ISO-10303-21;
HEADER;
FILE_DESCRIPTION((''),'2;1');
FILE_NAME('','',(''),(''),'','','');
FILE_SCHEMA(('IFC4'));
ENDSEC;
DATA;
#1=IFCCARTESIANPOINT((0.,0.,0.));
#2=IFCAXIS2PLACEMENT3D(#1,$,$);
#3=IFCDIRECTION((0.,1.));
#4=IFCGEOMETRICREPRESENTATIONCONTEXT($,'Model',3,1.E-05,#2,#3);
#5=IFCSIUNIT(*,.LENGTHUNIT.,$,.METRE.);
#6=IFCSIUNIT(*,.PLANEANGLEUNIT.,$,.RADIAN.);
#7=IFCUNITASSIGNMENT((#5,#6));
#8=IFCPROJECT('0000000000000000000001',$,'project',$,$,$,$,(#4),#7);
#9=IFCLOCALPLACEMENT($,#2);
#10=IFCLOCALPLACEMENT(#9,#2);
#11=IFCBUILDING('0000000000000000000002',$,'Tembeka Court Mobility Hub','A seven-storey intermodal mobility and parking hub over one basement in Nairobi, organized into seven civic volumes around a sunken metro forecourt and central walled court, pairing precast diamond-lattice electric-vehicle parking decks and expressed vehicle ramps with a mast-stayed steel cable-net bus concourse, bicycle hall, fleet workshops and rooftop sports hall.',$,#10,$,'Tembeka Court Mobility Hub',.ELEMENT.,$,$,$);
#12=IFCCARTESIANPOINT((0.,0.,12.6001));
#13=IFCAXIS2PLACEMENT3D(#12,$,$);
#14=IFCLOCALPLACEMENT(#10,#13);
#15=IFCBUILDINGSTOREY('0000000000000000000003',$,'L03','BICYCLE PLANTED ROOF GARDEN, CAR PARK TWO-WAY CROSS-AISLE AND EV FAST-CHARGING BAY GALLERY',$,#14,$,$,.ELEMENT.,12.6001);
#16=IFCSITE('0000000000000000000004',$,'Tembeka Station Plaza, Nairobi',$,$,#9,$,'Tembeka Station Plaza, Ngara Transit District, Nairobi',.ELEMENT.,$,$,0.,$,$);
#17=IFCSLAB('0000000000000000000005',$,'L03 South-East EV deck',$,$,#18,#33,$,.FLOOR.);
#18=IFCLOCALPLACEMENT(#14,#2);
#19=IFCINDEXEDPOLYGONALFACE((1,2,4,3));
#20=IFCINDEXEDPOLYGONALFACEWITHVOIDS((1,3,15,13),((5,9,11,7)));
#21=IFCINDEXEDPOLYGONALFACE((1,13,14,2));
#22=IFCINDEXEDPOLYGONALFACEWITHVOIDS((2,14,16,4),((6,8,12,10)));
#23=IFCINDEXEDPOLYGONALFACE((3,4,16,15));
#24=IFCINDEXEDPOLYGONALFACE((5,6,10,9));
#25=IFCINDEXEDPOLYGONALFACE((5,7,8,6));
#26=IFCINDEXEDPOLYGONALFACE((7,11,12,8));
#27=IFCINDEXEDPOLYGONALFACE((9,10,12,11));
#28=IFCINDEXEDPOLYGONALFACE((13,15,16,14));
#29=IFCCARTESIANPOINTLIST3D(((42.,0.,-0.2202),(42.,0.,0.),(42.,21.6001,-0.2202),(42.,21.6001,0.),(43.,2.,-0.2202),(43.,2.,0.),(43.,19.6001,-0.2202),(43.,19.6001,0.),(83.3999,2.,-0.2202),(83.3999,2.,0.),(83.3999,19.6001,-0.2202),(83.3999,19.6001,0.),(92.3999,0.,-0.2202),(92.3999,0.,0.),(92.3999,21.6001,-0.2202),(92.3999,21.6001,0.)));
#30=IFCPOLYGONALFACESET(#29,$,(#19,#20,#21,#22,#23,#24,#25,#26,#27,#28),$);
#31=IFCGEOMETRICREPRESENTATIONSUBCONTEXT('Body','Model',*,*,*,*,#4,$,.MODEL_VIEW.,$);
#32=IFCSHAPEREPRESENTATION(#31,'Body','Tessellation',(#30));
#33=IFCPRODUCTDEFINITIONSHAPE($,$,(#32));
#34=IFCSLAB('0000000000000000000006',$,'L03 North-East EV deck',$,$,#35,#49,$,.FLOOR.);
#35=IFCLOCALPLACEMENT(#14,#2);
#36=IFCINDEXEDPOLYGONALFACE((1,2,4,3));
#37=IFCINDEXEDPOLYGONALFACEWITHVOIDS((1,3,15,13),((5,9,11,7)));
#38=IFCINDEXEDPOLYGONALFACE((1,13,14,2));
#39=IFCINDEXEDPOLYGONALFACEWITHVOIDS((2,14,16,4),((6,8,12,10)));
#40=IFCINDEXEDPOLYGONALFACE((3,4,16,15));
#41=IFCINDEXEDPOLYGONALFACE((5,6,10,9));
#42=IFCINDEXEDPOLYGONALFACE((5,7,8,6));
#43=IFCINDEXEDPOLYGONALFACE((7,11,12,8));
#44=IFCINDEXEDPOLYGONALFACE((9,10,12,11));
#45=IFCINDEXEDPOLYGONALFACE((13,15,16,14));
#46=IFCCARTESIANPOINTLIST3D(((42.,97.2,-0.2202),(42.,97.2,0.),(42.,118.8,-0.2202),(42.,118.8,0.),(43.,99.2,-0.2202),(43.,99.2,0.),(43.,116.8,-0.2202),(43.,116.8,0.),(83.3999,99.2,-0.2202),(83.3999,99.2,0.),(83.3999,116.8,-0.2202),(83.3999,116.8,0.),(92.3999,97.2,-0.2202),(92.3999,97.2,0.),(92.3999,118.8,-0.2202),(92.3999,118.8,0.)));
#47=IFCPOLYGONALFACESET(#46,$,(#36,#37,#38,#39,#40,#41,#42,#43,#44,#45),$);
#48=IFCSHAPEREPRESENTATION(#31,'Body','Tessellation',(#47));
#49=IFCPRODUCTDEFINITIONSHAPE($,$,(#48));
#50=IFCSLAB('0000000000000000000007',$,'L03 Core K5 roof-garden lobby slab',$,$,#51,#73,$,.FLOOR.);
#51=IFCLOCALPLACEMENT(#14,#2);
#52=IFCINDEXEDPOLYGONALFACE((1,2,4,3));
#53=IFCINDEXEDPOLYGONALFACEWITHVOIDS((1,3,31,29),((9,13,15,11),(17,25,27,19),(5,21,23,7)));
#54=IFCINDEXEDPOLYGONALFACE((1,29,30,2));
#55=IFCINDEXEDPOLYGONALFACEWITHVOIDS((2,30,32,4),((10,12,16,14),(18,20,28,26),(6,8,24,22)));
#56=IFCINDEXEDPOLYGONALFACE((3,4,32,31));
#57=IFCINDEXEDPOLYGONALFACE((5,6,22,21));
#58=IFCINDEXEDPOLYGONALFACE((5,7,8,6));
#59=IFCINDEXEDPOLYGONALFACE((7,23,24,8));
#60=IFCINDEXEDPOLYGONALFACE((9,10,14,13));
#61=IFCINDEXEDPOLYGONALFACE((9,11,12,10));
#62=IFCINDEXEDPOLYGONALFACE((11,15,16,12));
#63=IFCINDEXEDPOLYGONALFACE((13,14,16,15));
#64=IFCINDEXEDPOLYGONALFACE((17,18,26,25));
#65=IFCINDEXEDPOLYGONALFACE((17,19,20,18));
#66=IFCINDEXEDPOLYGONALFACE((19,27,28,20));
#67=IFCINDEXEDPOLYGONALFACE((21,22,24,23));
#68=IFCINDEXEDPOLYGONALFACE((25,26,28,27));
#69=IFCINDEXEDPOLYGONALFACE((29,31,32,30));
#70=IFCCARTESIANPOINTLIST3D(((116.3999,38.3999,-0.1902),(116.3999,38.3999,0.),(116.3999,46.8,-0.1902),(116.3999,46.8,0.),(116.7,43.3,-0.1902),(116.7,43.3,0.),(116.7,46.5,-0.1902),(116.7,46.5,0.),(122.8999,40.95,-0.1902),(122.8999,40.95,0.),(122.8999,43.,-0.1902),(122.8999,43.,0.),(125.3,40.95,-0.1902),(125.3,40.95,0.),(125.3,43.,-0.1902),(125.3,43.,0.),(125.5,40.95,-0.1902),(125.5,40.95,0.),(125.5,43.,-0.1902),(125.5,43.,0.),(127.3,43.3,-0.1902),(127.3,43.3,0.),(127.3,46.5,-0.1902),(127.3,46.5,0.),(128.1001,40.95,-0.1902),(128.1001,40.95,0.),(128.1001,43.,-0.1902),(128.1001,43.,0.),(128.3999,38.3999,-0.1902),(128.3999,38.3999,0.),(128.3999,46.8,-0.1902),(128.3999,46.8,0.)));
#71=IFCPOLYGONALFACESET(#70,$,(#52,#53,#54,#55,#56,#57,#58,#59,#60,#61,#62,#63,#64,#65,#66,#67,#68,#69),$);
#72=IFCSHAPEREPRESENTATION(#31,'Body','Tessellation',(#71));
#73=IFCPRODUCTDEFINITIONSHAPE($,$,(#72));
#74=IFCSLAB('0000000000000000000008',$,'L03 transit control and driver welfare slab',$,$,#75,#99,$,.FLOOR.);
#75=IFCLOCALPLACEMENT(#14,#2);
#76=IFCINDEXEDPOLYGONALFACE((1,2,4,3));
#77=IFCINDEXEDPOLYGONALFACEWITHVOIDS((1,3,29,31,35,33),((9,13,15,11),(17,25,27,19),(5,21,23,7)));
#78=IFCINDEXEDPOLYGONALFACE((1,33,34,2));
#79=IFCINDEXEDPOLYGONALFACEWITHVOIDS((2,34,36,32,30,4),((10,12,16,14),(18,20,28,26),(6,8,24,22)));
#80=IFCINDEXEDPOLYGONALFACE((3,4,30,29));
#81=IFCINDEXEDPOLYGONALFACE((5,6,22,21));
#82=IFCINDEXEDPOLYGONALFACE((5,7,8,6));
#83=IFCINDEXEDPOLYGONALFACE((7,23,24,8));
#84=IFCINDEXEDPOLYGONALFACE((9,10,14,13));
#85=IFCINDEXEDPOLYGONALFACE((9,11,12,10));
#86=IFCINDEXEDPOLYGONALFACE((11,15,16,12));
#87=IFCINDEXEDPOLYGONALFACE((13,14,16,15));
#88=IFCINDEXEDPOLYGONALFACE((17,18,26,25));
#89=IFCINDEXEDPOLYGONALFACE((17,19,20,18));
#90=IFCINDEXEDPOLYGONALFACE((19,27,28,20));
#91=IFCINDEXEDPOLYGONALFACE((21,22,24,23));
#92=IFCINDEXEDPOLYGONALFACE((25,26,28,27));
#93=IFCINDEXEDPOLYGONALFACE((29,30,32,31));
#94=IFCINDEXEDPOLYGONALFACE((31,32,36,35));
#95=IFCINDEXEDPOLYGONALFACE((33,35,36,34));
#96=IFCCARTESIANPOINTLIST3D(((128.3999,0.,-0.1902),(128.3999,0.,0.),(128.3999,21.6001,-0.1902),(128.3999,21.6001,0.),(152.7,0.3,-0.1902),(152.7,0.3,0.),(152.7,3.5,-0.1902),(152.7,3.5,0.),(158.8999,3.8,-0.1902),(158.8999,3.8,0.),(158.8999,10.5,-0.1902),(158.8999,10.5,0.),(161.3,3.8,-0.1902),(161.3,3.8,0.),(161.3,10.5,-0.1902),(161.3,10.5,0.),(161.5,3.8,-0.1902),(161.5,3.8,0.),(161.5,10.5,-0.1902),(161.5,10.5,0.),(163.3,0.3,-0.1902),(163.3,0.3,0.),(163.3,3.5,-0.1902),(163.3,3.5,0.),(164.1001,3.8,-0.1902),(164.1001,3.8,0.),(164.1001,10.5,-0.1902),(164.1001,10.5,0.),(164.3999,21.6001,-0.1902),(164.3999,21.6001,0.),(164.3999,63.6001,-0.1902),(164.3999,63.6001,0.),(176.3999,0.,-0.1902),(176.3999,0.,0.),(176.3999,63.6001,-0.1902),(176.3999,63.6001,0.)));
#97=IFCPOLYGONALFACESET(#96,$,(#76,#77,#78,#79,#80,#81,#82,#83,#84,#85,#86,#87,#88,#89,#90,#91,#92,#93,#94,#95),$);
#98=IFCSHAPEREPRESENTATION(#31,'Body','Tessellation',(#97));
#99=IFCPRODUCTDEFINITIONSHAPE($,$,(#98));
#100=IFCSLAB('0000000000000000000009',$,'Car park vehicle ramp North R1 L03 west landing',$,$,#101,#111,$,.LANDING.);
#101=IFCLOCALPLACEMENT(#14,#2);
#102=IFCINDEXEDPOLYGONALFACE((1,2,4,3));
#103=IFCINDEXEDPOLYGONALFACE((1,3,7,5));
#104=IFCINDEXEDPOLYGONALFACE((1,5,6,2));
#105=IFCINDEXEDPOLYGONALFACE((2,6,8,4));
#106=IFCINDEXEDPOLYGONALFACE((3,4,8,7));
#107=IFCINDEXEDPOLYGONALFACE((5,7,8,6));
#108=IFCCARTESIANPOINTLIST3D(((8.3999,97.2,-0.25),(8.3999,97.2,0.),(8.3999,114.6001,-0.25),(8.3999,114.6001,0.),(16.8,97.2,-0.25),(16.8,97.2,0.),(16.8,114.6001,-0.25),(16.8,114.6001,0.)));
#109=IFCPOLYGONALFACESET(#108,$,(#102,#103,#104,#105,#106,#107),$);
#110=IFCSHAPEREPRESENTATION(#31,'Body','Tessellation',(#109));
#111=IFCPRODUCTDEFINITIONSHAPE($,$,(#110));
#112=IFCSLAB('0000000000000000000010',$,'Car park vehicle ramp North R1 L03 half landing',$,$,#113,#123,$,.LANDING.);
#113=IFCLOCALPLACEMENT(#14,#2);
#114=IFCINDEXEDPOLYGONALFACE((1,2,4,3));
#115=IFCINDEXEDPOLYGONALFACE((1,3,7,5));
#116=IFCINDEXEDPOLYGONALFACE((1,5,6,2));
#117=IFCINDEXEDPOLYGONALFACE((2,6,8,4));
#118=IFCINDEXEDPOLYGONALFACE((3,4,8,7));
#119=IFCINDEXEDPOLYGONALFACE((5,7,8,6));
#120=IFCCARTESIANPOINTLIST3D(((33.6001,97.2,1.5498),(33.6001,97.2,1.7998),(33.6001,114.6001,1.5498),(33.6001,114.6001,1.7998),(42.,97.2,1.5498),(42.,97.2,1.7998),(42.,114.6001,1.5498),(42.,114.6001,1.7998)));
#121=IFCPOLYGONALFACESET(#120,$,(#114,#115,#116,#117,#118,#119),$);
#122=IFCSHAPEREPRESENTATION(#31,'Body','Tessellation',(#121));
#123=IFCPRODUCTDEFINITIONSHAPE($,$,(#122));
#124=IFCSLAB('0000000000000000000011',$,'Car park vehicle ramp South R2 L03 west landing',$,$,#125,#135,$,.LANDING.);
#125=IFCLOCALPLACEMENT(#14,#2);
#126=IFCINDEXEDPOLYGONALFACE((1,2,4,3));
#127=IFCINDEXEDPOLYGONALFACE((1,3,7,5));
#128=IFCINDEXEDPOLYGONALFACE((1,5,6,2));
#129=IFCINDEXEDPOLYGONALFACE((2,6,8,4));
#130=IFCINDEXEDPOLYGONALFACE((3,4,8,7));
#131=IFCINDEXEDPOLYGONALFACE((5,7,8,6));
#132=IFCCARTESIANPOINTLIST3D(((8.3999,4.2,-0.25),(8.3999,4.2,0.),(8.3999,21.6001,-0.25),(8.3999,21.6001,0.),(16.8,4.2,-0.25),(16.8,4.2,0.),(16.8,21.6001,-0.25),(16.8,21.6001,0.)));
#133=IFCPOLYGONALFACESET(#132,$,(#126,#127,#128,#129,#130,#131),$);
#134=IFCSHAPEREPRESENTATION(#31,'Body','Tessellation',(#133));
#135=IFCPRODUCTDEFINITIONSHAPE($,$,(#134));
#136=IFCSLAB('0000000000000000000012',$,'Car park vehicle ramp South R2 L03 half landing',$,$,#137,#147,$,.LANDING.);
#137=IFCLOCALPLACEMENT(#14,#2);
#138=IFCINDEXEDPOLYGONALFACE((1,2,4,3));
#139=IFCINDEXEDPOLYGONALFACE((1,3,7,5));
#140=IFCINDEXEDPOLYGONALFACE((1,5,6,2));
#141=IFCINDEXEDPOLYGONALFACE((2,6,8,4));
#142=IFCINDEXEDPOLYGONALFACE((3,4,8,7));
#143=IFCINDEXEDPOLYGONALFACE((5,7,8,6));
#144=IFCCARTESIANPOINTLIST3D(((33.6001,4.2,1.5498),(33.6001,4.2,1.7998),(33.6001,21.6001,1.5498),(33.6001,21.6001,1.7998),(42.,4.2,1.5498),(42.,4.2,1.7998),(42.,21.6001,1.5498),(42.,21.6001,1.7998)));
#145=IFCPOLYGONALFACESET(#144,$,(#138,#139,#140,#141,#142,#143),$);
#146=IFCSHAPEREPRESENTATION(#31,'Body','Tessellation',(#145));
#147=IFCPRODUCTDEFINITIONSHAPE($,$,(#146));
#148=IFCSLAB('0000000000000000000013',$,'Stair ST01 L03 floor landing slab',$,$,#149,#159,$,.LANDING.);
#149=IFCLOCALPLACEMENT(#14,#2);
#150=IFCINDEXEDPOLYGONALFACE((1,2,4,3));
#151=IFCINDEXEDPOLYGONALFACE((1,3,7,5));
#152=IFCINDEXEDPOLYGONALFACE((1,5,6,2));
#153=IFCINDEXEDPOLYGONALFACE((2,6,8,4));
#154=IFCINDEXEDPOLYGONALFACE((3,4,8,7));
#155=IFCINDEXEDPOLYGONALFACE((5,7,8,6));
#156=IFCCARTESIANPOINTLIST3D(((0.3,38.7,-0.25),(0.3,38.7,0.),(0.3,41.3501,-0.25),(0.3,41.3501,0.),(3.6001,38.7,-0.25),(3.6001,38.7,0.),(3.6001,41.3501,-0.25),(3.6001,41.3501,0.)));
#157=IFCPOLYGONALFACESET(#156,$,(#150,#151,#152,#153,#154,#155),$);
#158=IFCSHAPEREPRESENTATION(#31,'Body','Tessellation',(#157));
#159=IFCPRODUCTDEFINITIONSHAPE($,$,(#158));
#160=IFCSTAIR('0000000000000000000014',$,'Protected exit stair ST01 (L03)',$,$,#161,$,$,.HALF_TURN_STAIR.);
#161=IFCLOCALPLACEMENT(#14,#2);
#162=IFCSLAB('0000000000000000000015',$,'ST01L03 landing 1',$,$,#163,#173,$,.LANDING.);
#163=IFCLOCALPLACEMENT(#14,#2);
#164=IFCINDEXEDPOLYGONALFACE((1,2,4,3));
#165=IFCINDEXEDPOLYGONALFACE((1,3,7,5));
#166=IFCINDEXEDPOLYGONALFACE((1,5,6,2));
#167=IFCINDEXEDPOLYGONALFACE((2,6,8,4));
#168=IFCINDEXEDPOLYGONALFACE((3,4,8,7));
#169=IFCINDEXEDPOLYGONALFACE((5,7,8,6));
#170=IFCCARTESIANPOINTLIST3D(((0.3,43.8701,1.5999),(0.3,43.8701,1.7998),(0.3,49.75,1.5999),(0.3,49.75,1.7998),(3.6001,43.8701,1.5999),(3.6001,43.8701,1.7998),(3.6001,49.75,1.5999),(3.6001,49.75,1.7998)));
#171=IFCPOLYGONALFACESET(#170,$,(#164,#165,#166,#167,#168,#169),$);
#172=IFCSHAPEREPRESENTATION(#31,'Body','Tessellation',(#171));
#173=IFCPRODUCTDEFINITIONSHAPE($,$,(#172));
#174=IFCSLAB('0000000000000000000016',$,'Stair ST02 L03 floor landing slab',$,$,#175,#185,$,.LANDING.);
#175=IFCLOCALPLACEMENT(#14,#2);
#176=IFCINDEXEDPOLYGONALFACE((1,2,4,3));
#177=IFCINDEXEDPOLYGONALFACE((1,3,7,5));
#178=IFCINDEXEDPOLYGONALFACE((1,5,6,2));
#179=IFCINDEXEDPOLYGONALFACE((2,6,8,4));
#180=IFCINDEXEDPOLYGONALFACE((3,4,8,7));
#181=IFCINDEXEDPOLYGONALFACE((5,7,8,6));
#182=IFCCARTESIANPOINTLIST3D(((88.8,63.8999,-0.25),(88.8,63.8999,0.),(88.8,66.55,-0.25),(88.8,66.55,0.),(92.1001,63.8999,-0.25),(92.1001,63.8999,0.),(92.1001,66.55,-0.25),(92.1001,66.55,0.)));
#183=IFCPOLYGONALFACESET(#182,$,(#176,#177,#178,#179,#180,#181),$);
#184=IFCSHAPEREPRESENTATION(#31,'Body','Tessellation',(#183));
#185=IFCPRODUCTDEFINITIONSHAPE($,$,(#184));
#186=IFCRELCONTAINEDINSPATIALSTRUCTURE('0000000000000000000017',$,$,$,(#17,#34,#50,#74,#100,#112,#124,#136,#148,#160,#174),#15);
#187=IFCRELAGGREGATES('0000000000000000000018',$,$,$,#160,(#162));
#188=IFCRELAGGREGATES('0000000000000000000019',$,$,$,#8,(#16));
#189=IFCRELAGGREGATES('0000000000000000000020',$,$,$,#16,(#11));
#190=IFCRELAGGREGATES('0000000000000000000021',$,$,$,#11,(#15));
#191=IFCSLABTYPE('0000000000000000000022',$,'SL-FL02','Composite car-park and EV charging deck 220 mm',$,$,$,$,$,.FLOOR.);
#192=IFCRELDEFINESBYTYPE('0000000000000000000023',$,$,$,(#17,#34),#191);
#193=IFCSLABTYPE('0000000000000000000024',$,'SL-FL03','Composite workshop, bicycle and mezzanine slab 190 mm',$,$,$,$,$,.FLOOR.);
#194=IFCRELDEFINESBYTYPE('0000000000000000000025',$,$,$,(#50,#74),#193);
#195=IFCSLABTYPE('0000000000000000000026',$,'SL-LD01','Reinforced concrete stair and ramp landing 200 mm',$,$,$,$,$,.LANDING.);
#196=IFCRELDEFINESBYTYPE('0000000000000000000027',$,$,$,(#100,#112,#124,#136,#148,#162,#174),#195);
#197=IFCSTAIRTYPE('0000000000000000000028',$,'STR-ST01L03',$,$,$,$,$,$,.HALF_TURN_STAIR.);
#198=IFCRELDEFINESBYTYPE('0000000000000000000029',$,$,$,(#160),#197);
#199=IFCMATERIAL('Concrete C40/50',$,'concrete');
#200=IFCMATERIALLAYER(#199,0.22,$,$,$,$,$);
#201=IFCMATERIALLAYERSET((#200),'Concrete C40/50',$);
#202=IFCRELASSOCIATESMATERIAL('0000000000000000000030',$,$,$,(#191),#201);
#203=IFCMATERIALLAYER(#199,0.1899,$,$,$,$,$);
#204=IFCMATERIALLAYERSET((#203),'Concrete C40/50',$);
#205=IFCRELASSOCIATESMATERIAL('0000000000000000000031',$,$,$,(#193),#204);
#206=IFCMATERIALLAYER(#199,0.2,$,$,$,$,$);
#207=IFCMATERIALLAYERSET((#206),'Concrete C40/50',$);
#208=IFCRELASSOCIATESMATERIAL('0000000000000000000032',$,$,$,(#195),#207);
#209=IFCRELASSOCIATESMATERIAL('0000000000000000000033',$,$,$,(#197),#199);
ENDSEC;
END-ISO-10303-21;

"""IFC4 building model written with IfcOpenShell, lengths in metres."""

from ifc_helpers import new_model, si_unit, direction, frame, origin, place, context, subcontext, project, spatial, polyline, outline, extrude, material, layer, layer_set, type_object, element, aggregate, save


model = new_model("IFC4")

# Units and contexts
model_context = context("Model", 3, precision=1e-05, world=origin(), true_north=direction((0.0, 1.0)))
body_context = subcontext(model_context, "Body", "Model", "MODEL_VIEW")
ifc_project = project(units=[si_unit("LENGTHUNIT", "METRE"), si_unit("PLANEANGLEUNIT", "RADIAN")], contexts=[model_context])

# Site, building, storey
site_placement = place(None, origin())
site = spatial("IfcSite", under=ifc_project, at=site_placement, Name="Tembeka Station Plaza, Nairobi", LongName="Tembeka Station Plaza, Ngara Transit District, Nairobi", CompositionType="ELEMENT", RefElevation=0.0)
building_placement = place(site_placement, origin())
building = spatial("IfcBuilding", under=site, at=building_placement, Name="Tembeka Court Mobility Hub", Description="A seven-storey intermodal mobility and parking hub over one basement in Nairobi, organized into seven civic volumes around a sunken metro forecourt and central walled court, pairing precast diamond-lattice electric-vehicle parking decks and expressed vehicle ramps with a mast-stayed steel cable-net bus concourse, bicycle hall, fleet workshops and rooftop sports hall.", LongName="Tembeka Court Mobility Hub", CompositionType="ELEMENT")
storey_placement = place(building_placement, frame((0.0, 0.0, 12.6001)))
storey = spatial("IfcBuildingStorey", under=building, at=storey_placement, Name="L03", Description="BICYCLE PLANTED ROOF GARDEN, CAR PARK TWO-WAY CROSS-AISLE AND EV FAST-CHARGING BAY GALLERY", CompositionType="ELEMENT", Elevation=12.6001)

# Slabs
ifc_material_1 = material(Name="Concrete C40/50", Category="concrete")
ifc_layer_1 = layer(ifc_material_1, 0.22)
ifc_layer_set_1 = layer_set([ifc_layer_1], Name="Concrete C40/50")
slab_type_1 = type_object("IfcSlabType", Name="SL-FL02", Description="Composite car-park and EV charging deck 220 mm", PredefinedType="FLOOR", material=ifc_layer_set_1)
slab_1_placement = place(storey_placement, frame((0.0, 0.0, -0.2202)))
element("IfcSlab", 1, at=slab_1_placement, inside=storey, type_object=slab_type_1, Name="L03 South-East EV deck", PredefinedType="FLOOR", context=body_context, shape_type="SweptSolid", body=[
    extrude(outline(polyline([(42.0, 0.0), (92.3999, 0.0), (92.3999, 21.6001), (42.0, 21.6001), (42.0, 0.0)]), holes=[polyline([(43.0, 19.6001), (83.3999, 19.6001), (83.3999, 2.0), (43.0, 2.0), (43.0, 19.6001)])]), origin(), (0.0, 0.0, 1.0), 0.2202),
])
slab_2_placement = place(storey_placement, frame((0.0, 0.0, -0.2202)))
element("IfcSlab", 2, at=slab_2_placement, inside=storey, type_object=slab_type_1, Name="L03 North-East EV deck", PredefinedType="FLOOR", context=body_context, shape_type="SweptSolid", body=[
    extrude(outline(polyline([(42.0, 97.2), (92.3999, 97.2), (92.3999, 118.8), (42.0, 118.8), (42.0, 97.2)]), holes=[polyline([(43.0, 116.8), (83.3999, 116.8), (83.3999, 99.2), (43.0, 99.2), (43.0, 116.8)])]), origin(), (0.0, 0.0, 1.0), 0.2202),
])
ifc_layer_2 = layer(ifc_material_1, 0.1899)
ifc_layer_set_2 = layer_set([ifc_layer_2], Name="Concrete C40/50")
slab_type_2 = type_object("IfcSlabType", Name="SL-FL03", Description="Composite workshop, bicycle and mezzanine slab 190 mm", PredefinedType="FLOOR", material=ifc_layer_set_2)
slab_3_placement = place(storey_placement, frame((0.0, 0.0, -0.1902)))
element("IfcSlab", 3, at=slab_3_placement, inside=storey, type_object=slab_type_2, Name="L03 Core K5 roof-garden lobby slab", PredefinedType="FLOOR", context=body_context, shape_type="SweptSolid", body=[
    extrude(outline(polyline([(116.3999, 38.3999), (128.3999, 38.3999), (128.3999, 46.8), (116.3999, 46.8), (116.3999, 38.3999)]), holes=[polyline([(116.7, 46.5), (127.3, 46.5), (127.3, 43.3), (116.7, 43.3), (116.7, 46.5)]), polyline([(122.8999, 43.0), (125.3, 43.0), (125.3, 40.95), (122.8999, 40.95), (122.8999, 43.0)]), polyline([(125.5, 43.0), (128.1001, 43.0), (128.1001, 40.95), (125.5, 40.95), (125.5, 43.0)])]), origin(), (0.0, 0.0, 1.0), 0.1902),
])
slab_4_placement = place(storey_placement, frame((0.0, 0.0, -0.1902)))
element("IfcSlab", 4, at=slab_4_placement, inside=storey, type_object=slab_type_2, Name="L03 transit control and driver welfare slab", PredefinedType="FLOOR", context=body_context, shape_type="SweptSolid", body=[
    extrude(outline(polyline([(128.3999, 0.0), (176.3999, 0.0), (176.3999, 63.6001), (164.3999, 63.6001), (164.3999, 21.6001), (128.3999, 21.6001), (128.3999, 0.0)]), holes=[polyline([(152.7, 3.5), (163.3, 3.5), (163.3, 0.3), (152.7, 0.3), (152.7, 3.5)]), polyline([(158.8999, 10.5), (161.3, 10.5), (161.3, 3.8), (158.8999, 3.8), (158.8999, 10.5)]), polyline([(161.5, 10.5), (164.1001, 10.5), (164.1001, 3.8), (161.5, 3.8), (161.5, 10.5)])]), origin(), (0.0, 0.0, 1.0), 0.1902),
])
ifc_layer_3 = layer(ifc_material_1, 0.2)
ifc_layer_set_3 = layer_set([ifc_layer_3], Name="Concrete C40/50")
slab_type_3 = type_object("IfcSlabType", Name="SL-LD01", Description="Reinforced concrete stair and ramp landing 200 mm", PredefinedType="LANDING", material=ifc_layer_set_3)
slab_5_placement = place(storey_placement, frame((0.0, 0.0, -0.25)))
element("IfcSlab", 5, at=slab_5_placement, inside=storey, type_object=slab_type_3, Name="Car park vehicle ramp North R1 L03 west landing", PredefinedType="LANDING", context=body_context, shape_type="SweptSolid", body=[
    extrude(outline(polyline([(8.3999, 97.2), (16.8, 97.2), (16.8, 114.6001), (8.3999, 114.6001), (8.3999, 97.2)])), origin(), (0.0, 0.0, 1.0), 0.25),
])
slab_6_placement = place(storey_placement, frame((0.0, 0.0, 1.5498)))
element("IfcSlab", 6, at=slab_6_placement, inside=storey, type_object=slab_type_3, Name="Car park vehicle ramp North R1 L03 half landing", PredefinedType="LANDING", context=body_context, shape_type="SweptSolid", body=[
    extrude(outline(polyline([(33.6001, 97.2), (42.0, 97.2), (42.0, 114.6001), (33.6001, 114.6001), (33.6001, 97.2)])), origin(), (0.0, 0.0, 1.0), 0.25),
])
slab_7_placement = place(storey_placement, frame((0.0, 0.0, -0.25)))
element("IfcSlab", 7, at=slab_7_placement, inside=storey, type_object=slab_type_3, Name="Car park vehicle ramp South R2 L03 west landing", PredefinedType="LANDING", context=body_context, shape_type="SweptSolid", body=[
    extrude(outline(polyline([(8.3999, 4.2), (16.8, 4.2), (16.8, 21.6001), (8.3999, 21.6001), (8.3999, 4.2)])), origin(), (0.0, 0.0, 1.0), 0.25),
])
slab_8_placement = place(storey_placement, frame((0.0, 0.0, 1.5498)))
element("IfcSlab", 8, at=slab_8_placement, inside=storey, type_object=slab_type_3, Name="Car park vehicle ramp South R2 L03 half landing", PredefinedType="LANDING", context=body_context, shape_type="SweptSolid", body=[
    extrude(outline(polyline([(33.6001, 4.2), (42.0, 4.2), (42.0, 21.6001), (33.6001, 21.6001), (33.6001, 4.2)])), origin(), (0.0, 0.0, 1.0), 0.25),
])
slab_9_placement = place(storey_placement, frame((0.0, 0.0, -0.25)))
element("IfcSlab", 9, at=slab_9_placement, inside=storey, type_object=slab_type_3, Name="Stair ST01 L03 floor landing slab", PredefinedType="LANDING", context=body_context, shape_type="SweptSolid", body=[
    extrude(outline(polyline([(0.3, 38.7), (3.6001, 38.7), (3.6001, 41.3501), (0.3, 41.3501), (0.3, 38.7)])), origin(), (0.0, 0.0, 1.0), 0.25),
])

# Stair, slab
stair_type_1 = type_object("IfcStairType", Name="STR-ST01L03", PredefinedType="HALF_TURN_STAIR", material=ifc_material_1)
stair_1_placement = place(storey_placement, origin())
stair_1 = element("IfcStair", 10, at=stair_1_placement, inside=storey, type_object=stair_type_1, Name="Protected exit stair ST01 (L03)", PredefinedType="HALF_TURN_STAIR")
slab_10_placement = place(storey_placement, frame((0.0, 0.0, 1.5999)))
slab_10 = element("IfcSlab", 11, at=slab_10_placement, type_object=slab_type_3, Name="ST01L03 landing 1", PredefinedType="LANDING", context=body_context, shape_type="SweptSolid", body=[
    extrude(outline(polyline([(3.6001, 43.8701), (3.6001, 49.75), (0.3, 49.75), (0.3, 43.8701), (3.6001, 43.8701)])), origin(), (0.0, 0.0, 1.0), 0.2),
])
aggregate(stair_1, [slab_10])

# Slab
slab_11_placement = place(storey_placement, frame((0.0, 0.0, -0.25)))
element("IfcSlab", 12, at=slab_11_placement, inside=storey, type_object=slab_type_3, Name="Stair ST02 L03 floor landing slab", PredefinedType="LANDING", context=body_context, shape_type="SweptSolid", body=[
    extrude(outline(polyline([(88.8, 63.8999), (92.1001, 63.8999), (92.1001, 66.55), (88.8, 66.55), (88.8, 63.8999)])), origin(), (0.0, 0.0, 1.0), 0.25),
])

save(model, "model.ifc")
